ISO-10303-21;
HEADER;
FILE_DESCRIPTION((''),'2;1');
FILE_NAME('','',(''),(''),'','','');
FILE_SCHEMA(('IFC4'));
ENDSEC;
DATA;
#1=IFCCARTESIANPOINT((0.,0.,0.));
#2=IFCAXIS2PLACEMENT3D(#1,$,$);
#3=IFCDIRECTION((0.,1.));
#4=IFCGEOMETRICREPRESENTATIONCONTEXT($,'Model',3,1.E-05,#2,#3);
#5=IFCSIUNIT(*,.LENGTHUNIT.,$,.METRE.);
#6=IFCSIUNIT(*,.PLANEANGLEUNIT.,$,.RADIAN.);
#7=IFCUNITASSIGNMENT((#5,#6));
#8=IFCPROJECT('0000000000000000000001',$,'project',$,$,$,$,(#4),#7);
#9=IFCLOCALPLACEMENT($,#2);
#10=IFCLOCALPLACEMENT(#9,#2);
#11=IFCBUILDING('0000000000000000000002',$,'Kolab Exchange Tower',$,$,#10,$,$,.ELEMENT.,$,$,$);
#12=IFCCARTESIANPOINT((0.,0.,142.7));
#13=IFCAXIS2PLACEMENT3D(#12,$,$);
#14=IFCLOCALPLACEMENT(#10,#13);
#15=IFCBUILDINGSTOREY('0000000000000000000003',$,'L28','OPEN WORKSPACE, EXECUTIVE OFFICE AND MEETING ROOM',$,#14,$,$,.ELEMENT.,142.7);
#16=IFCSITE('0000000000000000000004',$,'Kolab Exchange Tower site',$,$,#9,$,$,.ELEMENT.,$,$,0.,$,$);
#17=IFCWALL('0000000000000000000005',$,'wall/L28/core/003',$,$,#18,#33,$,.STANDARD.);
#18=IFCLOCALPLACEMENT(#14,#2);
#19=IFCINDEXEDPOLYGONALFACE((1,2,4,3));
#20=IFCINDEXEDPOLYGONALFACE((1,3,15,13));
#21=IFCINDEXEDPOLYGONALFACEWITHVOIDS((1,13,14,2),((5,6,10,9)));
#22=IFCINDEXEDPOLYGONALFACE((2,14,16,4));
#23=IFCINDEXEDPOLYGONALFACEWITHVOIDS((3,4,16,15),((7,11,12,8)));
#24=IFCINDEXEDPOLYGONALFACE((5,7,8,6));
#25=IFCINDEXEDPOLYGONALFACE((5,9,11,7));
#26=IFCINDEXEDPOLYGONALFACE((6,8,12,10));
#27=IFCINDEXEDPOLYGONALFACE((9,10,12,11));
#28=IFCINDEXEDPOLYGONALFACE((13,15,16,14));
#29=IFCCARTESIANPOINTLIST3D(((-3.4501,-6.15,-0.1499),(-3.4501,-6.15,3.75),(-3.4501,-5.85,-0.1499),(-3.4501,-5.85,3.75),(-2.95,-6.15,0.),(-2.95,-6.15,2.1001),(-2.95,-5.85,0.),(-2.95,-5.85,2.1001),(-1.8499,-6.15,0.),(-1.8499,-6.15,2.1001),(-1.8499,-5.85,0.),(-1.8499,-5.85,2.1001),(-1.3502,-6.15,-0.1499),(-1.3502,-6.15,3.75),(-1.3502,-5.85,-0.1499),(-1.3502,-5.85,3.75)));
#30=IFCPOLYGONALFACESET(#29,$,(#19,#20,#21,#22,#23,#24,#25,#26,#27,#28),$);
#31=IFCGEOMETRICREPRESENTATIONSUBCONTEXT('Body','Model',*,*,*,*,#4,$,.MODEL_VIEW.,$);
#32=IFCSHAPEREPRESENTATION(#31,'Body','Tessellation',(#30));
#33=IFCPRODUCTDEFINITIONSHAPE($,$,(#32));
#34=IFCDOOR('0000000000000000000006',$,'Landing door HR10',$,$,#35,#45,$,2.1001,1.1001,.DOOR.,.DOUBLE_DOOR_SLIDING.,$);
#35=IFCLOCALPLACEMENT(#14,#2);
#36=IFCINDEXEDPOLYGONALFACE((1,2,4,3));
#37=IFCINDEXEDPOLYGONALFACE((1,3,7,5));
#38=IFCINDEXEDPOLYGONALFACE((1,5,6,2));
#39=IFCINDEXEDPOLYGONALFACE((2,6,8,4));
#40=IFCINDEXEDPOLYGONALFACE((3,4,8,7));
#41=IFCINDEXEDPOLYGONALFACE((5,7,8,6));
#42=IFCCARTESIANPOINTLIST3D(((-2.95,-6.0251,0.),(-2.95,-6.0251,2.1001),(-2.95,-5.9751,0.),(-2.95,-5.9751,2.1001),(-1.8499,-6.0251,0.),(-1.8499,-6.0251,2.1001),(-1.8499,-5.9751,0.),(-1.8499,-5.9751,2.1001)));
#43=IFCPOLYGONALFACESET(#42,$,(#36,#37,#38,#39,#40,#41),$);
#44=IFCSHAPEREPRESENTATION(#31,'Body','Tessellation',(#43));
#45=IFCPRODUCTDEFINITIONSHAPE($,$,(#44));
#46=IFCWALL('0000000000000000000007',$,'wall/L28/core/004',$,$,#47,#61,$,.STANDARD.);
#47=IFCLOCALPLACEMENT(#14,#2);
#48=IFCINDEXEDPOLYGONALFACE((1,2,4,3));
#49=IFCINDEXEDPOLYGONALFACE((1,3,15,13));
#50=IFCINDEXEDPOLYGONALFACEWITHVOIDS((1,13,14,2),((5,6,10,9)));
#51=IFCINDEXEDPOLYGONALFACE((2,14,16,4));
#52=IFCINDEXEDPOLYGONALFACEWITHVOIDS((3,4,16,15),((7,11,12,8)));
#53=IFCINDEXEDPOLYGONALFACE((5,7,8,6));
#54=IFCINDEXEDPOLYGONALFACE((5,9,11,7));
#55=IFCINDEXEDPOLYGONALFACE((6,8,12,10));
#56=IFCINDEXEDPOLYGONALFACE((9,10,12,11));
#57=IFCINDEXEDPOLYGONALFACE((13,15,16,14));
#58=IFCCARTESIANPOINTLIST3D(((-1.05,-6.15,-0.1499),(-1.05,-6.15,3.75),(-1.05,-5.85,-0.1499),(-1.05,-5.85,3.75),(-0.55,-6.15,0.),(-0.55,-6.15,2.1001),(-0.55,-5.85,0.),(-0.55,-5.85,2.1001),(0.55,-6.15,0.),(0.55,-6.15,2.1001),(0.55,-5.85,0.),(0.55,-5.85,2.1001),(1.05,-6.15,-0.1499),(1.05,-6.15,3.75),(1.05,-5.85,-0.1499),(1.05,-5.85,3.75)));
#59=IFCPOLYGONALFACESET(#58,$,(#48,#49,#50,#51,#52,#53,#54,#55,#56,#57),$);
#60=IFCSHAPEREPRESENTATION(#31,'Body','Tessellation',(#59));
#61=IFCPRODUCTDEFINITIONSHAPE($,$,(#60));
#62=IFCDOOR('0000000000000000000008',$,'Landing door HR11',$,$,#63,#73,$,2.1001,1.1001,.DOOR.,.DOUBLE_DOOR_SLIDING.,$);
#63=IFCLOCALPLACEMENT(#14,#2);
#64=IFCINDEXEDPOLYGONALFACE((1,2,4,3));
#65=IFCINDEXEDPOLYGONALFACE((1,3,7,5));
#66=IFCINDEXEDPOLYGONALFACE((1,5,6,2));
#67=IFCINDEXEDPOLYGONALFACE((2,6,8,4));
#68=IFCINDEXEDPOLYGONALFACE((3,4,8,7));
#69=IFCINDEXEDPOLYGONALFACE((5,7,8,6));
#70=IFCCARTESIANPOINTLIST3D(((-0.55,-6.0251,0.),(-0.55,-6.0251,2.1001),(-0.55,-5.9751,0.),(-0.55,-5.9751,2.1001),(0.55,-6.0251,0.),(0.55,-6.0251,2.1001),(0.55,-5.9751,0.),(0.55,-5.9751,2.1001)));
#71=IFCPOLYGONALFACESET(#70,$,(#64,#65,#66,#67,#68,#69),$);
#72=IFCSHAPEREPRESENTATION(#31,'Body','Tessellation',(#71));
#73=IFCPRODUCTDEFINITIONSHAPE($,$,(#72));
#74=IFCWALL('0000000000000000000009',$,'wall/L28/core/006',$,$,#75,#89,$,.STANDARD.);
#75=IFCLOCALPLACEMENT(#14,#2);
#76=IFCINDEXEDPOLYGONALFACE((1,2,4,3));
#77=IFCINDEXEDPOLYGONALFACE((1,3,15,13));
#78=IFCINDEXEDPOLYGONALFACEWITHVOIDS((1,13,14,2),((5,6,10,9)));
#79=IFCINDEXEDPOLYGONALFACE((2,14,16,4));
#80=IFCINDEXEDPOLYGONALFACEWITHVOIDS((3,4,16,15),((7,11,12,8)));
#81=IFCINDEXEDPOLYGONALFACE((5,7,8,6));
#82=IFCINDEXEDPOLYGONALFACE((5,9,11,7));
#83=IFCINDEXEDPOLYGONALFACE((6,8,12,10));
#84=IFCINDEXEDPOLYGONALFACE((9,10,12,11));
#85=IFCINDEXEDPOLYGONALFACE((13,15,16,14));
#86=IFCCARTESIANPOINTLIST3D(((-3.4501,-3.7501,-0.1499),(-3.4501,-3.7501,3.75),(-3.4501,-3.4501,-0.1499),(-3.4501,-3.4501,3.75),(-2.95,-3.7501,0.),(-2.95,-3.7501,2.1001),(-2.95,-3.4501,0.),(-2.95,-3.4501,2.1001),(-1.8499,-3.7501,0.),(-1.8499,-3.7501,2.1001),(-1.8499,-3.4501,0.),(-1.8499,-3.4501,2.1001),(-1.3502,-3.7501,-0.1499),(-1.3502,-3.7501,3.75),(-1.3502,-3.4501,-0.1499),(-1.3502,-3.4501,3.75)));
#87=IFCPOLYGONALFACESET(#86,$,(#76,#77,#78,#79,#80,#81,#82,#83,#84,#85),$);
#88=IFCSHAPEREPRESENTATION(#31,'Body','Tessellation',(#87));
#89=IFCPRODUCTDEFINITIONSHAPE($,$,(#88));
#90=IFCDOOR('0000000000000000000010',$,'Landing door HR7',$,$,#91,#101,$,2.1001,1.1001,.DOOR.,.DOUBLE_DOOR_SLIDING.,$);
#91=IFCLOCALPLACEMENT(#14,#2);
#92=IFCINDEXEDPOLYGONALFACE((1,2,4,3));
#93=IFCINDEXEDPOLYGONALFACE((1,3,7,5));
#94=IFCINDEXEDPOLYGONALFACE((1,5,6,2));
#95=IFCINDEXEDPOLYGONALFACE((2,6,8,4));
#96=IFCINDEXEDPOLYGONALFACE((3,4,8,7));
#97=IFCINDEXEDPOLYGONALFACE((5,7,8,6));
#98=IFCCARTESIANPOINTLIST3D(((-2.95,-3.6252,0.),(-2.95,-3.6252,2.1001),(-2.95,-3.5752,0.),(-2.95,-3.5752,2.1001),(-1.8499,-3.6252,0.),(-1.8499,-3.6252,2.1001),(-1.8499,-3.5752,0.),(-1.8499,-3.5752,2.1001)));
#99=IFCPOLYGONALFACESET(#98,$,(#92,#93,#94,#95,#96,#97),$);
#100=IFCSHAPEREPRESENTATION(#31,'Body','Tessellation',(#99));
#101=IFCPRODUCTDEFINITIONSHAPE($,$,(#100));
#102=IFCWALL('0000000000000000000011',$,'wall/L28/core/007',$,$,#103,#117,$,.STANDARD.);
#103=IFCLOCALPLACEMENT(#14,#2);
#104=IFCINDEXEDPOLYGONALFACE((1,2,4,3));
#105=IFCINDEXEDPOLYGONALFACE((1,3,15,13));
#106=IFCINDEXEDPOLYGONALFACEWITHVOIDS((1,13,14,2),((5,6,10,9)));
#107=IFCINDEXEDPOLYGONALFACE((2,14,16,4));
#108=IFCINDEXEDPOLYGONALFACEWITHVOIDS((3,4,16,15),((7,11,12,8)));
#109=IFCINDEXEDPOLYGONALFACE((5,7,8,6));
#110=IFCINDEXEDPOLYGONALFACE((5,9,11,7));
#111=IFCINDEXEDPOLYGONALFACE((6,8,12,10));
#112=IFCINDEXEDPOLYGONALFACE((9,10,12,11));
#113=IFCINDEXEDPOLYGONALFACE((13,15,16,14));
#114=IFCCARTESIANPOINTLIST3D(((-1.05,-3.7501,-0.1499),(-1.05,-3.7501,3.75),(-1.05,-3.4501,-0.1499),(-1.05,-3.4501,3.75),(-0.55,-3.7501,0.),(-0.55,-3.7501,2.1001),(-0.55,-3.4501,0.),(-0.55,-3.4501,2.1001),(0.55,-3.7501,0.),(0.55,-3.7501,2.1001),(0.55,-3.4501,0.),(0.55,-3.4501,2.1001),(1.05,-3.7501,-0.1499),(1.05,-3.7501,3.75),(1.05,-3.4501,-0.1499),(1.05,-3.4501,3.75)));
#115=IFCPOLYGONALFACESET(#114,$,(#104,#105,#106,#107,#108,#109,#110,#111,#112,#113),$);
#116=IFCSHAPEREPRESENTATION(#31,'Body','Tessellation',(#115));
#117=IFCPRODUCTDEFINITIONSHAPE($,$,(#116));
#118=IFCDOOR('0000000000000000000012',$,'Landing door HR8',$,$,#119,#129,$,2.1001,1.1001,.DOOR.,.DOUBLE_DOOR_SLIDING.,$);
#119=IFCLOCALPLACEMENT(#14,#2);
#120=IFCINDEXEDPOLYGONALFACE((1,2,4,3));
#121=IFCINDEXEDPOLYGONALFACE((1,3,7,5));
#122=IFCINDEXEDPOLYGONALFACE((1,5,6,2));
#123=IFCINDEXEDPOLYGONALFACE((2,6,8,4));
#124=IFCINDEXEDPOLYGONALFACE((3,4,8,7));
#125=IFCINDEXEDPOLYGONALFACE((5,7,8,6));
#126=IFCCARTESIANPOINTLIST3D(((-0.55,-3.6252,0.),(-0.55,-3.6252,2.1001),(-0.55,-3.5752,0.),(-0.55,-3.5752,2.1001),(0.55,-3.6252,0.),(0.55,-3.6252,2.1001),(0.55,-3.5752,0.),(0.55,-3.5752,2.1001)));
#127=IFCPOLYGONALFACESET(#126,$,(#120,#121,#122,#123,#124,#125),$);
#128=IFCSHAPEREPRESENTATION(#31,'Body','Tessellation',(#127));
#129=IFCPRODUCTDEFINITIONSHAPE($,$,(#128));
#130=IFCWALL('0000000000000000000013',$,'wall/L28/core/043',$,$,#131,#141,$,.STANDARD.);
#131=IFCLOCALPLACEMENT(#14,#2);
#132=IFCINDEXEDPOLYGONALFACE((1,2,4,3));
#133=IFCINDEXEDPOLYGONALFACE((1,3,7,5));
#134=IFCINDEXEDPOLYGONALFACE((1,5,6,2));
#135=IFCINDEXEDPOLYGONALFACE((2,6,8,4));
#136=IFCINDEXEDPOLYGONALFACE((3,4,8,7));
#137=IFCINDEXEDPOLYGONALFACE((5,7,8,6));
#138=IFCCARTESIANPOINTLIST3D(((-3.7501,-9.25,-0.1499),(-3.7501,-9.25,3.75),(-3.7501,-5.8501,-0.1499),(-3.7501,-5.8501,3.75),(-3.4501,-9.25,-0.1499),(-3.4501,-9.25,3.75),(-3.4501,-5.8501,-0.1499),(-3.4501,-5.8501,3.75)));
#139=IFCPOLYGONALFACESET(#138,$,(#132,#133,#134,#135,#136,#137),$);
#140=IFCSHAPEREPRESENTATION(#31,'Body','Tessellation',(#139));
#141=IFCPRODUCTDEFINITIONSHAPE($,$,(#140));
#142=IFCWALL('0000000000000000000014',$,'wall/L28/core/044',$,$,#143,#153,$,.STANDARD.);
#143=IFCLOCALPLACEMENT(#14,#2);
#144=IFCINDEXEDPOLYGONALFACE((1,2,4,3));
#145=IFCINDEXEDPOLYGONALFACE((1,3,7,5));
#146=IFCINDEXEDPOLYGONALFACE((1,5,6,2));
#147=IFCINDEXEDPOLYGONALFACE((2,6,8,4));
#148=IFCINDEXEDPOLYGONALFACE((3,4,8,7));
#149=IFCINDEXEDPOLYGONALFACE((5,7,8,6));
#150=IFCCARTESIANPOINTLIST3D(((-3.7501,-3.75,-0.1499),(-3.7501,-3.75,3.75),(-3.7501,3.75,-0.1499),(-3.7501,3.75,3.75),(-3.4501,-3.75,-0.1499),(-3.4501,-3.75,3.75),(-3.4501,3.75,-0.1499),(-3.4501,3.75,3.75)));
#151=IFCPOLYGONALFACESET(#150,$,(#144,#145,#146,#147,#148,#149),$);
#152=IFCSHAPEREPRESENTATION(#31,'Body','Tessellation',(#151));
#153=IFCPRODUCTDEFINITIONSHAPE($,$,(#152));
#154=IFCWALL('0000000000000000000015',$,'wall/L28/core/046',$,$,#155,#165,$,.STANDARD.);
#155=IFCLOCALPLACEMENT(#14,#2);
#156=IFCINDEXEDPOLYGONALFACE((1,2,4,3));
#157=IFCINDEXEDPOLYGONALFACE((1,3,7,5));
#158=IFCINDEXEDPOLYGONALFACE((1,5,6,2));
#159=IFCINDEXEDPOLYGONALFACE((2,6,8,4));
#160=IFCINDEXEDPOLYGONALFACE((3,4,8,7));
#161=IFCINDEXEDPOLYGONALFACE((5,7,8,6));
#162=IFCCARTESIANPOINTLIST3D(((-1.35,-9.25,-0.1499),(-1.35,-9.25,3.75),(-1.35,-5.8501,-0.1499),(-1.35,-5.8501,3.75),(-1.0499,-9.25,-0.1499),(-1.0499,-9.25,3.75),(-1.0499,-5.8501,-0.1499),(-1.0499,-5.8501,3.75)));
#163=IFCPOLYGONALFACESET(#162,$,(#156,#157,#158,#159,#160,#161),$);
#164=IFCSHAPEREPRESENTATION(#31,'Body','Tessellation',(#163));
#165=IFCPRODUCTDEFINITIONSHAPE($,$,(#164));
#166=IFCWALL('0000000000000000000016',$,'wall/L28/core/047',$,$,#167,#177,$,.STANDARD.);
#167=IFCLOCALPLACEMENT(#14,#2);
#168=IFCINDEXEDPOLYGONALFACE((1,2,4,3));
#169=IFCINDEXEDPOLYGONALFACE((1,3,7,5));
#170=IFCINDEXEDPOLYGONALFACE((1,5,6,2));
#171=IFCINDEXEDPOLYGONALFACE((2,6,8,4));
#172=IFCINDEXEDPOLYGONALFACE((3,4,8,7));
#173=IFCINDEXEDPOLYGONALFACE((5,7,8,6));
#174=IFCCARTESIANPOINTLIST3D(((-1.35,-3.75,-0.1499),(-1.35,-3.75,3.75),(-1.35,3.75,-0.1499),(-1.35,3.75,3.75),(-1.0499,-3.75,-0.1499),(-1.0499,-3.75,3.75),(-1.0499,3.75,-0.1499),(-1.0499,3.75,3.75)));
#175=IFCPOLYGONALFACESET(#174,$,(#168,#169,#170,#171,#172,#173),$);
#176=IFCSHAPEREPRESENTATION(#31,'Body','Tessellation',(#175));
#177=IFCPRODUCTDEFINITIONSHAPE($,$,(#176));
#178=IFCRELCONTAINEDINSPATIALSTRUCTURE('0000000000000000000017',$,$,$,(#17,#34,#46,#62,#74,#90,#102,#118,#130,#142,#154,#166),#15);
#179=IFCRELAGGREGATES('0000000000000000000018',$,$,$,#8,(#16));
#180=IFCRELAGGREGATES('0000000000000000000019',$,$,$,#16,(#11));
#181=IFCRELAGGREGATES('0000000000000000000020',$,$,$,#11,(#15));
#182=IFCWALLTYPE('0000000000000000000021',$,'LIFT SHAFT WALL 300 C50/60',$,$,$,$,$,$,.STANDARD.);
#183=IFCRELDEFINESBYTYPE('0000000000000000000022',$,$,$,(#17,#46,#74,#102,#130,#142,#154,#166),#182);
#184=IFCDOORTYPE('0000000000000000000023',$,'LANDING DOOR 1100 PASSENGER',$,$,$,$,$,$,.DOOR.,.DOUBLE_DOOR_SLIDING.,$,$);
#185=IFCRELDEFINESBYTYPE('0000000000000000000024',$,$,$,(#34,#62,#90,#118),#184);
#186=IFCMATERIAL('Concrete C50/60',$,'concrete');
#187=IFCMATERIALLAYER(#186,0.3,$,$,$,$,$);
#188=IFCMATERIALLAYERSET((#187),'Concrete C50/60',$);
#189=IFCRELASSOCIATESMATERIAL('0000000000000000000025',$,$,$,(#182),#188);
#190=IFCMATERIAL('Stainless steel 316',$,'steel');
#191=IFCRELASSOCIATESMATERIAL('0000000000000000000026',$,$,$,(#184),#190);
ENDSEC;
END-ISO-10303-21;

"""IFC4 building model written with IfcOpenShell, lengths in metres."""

from ifc_helpers import new_model, si_unit, direction, frame, frame_2d, origin, place, context, subcontext, project, spatial, rectangle, extrude, material, layer, layer_set, type_object, element, fill, save


model = new_model("IFC4")

# Units and contexts
model_context = context("Model", 3, precision=1e-05, world=origin(), true_north=direction((0.0, 1.0)))
body_context = subcontext(model_context, "Body", "Model", "MODEL_VIEW")
ifc_project = project(units=[si_unit("LENGTHUNIT", "METRE"), si_unit("PLANEANGLEUNIT", "RADIAN")], contexts=[model_context])

# Site, building, storey
site_placement = place(None, origin())
site = spatial("IfcSite", under=ifc_project, at=site_placement, Name="Kolab Exchange Tower site", CompositionType="ELEMENT", RefElevation=0.0)
building_placement = place(site_placement, origin())
building = spatial("IfcBuilding", under=site, at=building_placement, Name="Kolab Exchange Tower", CompositionType="ELEMENT")
storey_placement = place(building_placement, frame((0.0, 0.0, 142.7)))
storey = spatial("IfcBuildingStorey", under=building, at=storey_placement, Name="L28", Description="OPEN WORKSPACE, EXECUTIVE OFFICE AND MEETING ROOM", CompositionType="ELEMENT", Elevation=142.7)

# Walls, openings, doors
ifc_material_1 = material(Name="Concrete C50/60", Category="concrete")
ifc_layer_1 = layer(ifc_material_1, 0.3)
ifc_layer_set_1 = layer_set([ifc_layer_1], Name="Concrete C50/60")
wall_type_1 = type_object("IfcWallType", Name="LIFT SHAFT WALL 300 C50/60", PredefinedType="STANDARD", material=ifc_layer_set_1)
wall_1_placement = place(storey_placement, frame((-3.45, -6.0, -0.1499), z_axis=(0.0, 0.0, 1.0), x_axis=(1.0, 0.0, 0.0)))
wall_1 = element("IfcWall", 1, at=wall_1_placement, inside=storey, type_object=wall_type_1, Name="wall/L28/core/003", PredefinedType="STANDARD", context=body_context, shape_type="SweptSolid", body=[
    extrude(rectangle(XDim=2.0999, YDim=0.3, at=frame_2d((1.0498, 0.0))), origin(), (0.0, 0.0, 1.0), 3.8999),
])
opening_1_placement = place(wall_1_placement, frame((0.5, 0.0, 0.1499)))
opening_1 = element("IfcOpeningElement", 2, at=opening_1_placement, cuts=wall_1, PredefinedType="OPENING", context=body_context, shape_type="SweptSolid", body=[
    extrude(rectangle(XDim=1.1001, YDim=2.1001, at=frame_2d((0.55, 1.05))), frame((0.0, 0.1602, 0.0), z_axis=(0.0, -1.0, 0.0), x_axis=(1.0, 0.0, 0.0)), (0.0, 0.0, 1.0), 0.3201),
])
ifc_material_2 = material(Name="Stainless steel 316", Category="steel")
door_type_1 = type_object("IfcDoorType", Name="LANDING DOOR 1100 PASSENGER", OperationType="DOUBLE_DOOR_SLIDING", PredefinedType="DOOR", material=ifc_material_2)
door_1_placement = place(opening_1_placement, origin())
door_1 = element("IfcDoor", 3, at=door_1_placement, inside=storey, type_object=door_type_1, Name="Landing door HR10", OperationType="DOUBLE_DOOR_SLIDING", OverallHeight=2.1001, OverallWidth=1.1001, PredefinedType="DOOR", context=body_context, shape_type="SweptSolid", body=[
    extrude(rectangle(XDim=1.1001, YDim=2.1001, at=frame_2d((0.55, 1.05))), frame((0.0, 0.0249, 0.0), z_axis=(0.0, -1.0, 0.0), x_axis=(1.0, 0.0, 0.0)), (0.0, 0.0, 1.0), 0.05),
])
fill(opening_1, door_1)
wall_2_placement = place(storey_placement, frame((-1.05, -6.0, -0.1499), z_axis=(0.0, 0.0, 1.0), x_axis=(1.0, 0.0, 0.0)))
wall_2 = element("IfcWall", 4, at=wall_2_placement, inside=storey, type_object=wall_type_1, Name="wall/L28/core/004", PredefinedType="STANDARD", context=body_context, shape_type="SweptSolid", body=[
    extrude(rectangle(XDim=2.1001, YDim=0.3, at=frame_2d((1.05, 0.0))), origin(), (0.0, 0.0, 1.0), 3.8999),
])
opening_2_placement = place(wall_2_placement, frame((0.5, 0.0, 0.1499)))
opening_2 = element("IfcOpeningElement", 5, at=opening_2_placement, cuts=wall_2, PredefinedType="OPENING", context=body_context, shape_type="SweptSolid", body=[
    extrude(rectangle(XDim=1.1001, YDim=2.1001, at=frame_2d((0.55, 1.05))), frame((0.0, 0.1602, 0.0), z_axis=(0.0, -1.0, 0.0), x_axis=(1.0, 0.0, 0.0)), (0.0, 0.0, 1.0), 0.3201),
])
door_2_placement = place(opening_2_placement, origin())
door_2 = element("IfcDoor", 6, at=door_2_placement, inside=storey, type_object=door_type_1, Name="Landing door HR11", OperationType="DOUBLE_DOOR_SLIDING", OverallHeight=2.1001, OverallWidth=1.1001, PredefinedType="DOOR", context=body_context, shape_type="SweptSolid", body=[
    extrude(rectangle(XDim=1.1001, YDim=2.1001, at=frame_2d((0.55, 1.05))), frame((0.0, 0.0249, 0.0), z_axis=(0.0, -1.0, 0.0), x_axis=(1.0, 0.0, 0.0)), (0.0, 0.0, 1.0), 0.05),
])
fill(opening_2, door_2)
wall_3_placement = place(storey_placement, frame((-3.45, -3.6001, -0.1499), z_axis=(0.0, 0.0, 1.0), x_axis=(1.0, 0.0, 0.0)))
wall_3 = element("IfcWall", 7, at=wall_3_placement, inside=storey, type_object=wall_type_1, Name="wall/L28/core/006", PredefinedType="STANDARD", context=body_context, shape_type="SweptSolid", body=[
    extrude(rectangle(XDim=2.0999, YDim=0.3, at=frame_2d((1.0498, 0.0))), origin(), (0.0, 0.0, 1.0), 3.8999),
])
opening_3_placement = place(wall_3_placement, frame((0.5, 0.0, 0.1499)))
opening_3 = element("IfcOpeningElement", 8, at=opening_3_placement, cuts=wall_3, PredefinedType="OPENING", context=body_context, shape_type="SweptSolid", body=[
    extrude(rectangle(XDim=1.1001, YDim=2.1001, at=frame_2d((0.55, 1.05))), frame((0.0, 0.1602, 0.0), z_axis=(0.0, -1.0, 0.0), x_axis=(1.0, 0.0, 0.0)), (0.0, 0.0, 1.0), 0.3201),
])
door_3_placement = place(opening_3_placement, origin())
door_3 = element("IfcDoor", 9, at=door_3_placement, inside=storey, type_object=door_type_1, Name="Landing door HR7", OperationType="DOUBLE_DOOR_SLIDING", OverallHeight=2.1001, OverallWidth=1.1001, PredefinedType="DOOR", context=body_context, shape_type="SweptSolid", body=[
    extrude(rectangle(XDim=1.1001, YDim=2.1001, at=frame_2d((0.55, 1.05))), frame((0.0, 0.0249, 0.0), z_axis=(0.0, -1.0, 0.0), x_axis=(1.0, 0.0, 0.0)), (0.0, 0.0, 1.0), 0.05),
])
fill(opening_3, door_3)
wall_4_placement = place(storey_placement, frame((-1.05, -3.6001, -0.1499), z_axis=(0.0, 0.0, 1.0), x_axis=(1.0, 0.0, 0.0)))
wall_4 = element("IfcWall", 10, at=wall_4_placement, inside=storey, type_object=wall_type_1, Name="wall/L28/core/007", PredefinedType="STANDARD", context=body_context, shape_type="SweptSolid", body=[
    extrude(rectangle(XDim=2.1001, YDim=0.3, at=frame_2d((1.05, 0.0))), origin(), (0.0, 0.0, 1.0), 3.8999),
])
opening_4_placement = place(wall_4_placement, frame((0.5, 0.0, 0.1499)))
opening_4 = element("IfcOpeningElement", 11, at=opening_4_placement, cuts=wall_4, PredefinedType="OPENING", context=body_context, shape_type="SweptSolid", body=[
    extrude(rectangle(XDim=1.1001, YDim=2.1001, at=frame_2d((0.55, 1.05))), frame((0.0, 0.1602, 0.0), z_axis=(0.0, -1.0, 0.0), x_axis=(1.0, 0.0, 0.0)), (0.0, 0.0, 1.0), 0.3201),
])
door_4_placement = place(opening_4_placement, origin())
door_4 = element("IfcDoor", 12, at=door_4_placement, inside=storey, type_object=door_type_1, Name="Landing door HR8", OperationType="DOUBLE_DOOR_SLIDING", OverallHeight=2.1001, OverallWidth=1.1001, PredefinedType="DOOR", context=body_context, shape_type="SweptSolid", body=[
    extrude(rectangle(XDim=1.1001, YDim=2.1001, at=frame_2d((0.55, 1.05))), frame((0.0, 0.0249, 0.0), z_axis=(0.0, -1.0, 0.0), x_axis=(1.0, 0.0, 0.0)), (0.0, 0.0, 1.0), 0.05),
])
fill(opening_4, door_4)

# Walls
wall_5_placement = place(storey_placement, frame((-3.6001, -9.25, -0.1499), z_axis=(0.0, 0.0, 1.0), x_axis=(0.0, 1.0, 0.0)))
element("IfcWall", 13, at=wall_5_placement, inside=storey, type_object=wall_type_1, Name="wall/L28/core/043", PredefinedType="STANDARD", context=body_context, shape_type="SweptSolid", body=[
    extrude(rectangle(XDim=3.3999, YDim=0.3, at=frame_2d((1.7, 0.0))), origin(), (0.0, 0.0, 1.0), 3.8999),
])
wall_6_placement = place(storey_placement, frame((-3.6001, -3.75, -0.1499), z_axis=(0.0, 0.0, 1.0), x_axis=(0.0, 1.0, 0.0)))
element("IfcWall", 14, at=wall_6_placement, inside=storey, type_object=wall_type_1, Name="wall/L28/core/044", PredefinedType="STANDARD", context=body_context, shape_type="SweptSolid", body=[
    extrude(rectangle(XDim=7.5, YDim=0.3, at=frame_2d((3.75, 0.0))), origin(), (0.0, 0.0, 1.0), 3.8999),
])
wall_7_placement = place(storey_placement, frame((-1.2, -9.25, -0.1499), z_axis=(0.0, 0.0, 1.0), x_axis=(0.0, 1.0, 0.0)))
element("IfcWall", 15, at=wall_7_placement, inside=storey, type_object=wall_type_1, Name="wall/L28/core/046", PredefinedType="STANDARD", context=body_context, shape_type="SweptSolid", body=[
    extrude(rectangle(XDim=3.3999, YDim=0.3, at=frame_2d((1.7, 0.0))), origin(), (0.0, 0.0, 1.0), 3.8999),
])
wall_8_placement = place(storey_placement, frame((-1.2, -3.75, -0.1499), z_axis=(0.0, 0.0, 1.0), x_axis=(0.0, 1.0, 0.0)))
element("IfcWall", 16, at=wall_8_placement, inside=storey, type_object=wall_type_1, Name="wall/L28/core/047", PredefinedType="STANDARD", context=body_context, shape_type="SweptSolid", body=[
    extrude(rectangle(XDim=7.5, YDim=0.3, at=frame_2d((3.75, 0.0))), origin(), (0.0, 0.0, 1.0), 3.8999),
])

save(model, "model.ifc")
